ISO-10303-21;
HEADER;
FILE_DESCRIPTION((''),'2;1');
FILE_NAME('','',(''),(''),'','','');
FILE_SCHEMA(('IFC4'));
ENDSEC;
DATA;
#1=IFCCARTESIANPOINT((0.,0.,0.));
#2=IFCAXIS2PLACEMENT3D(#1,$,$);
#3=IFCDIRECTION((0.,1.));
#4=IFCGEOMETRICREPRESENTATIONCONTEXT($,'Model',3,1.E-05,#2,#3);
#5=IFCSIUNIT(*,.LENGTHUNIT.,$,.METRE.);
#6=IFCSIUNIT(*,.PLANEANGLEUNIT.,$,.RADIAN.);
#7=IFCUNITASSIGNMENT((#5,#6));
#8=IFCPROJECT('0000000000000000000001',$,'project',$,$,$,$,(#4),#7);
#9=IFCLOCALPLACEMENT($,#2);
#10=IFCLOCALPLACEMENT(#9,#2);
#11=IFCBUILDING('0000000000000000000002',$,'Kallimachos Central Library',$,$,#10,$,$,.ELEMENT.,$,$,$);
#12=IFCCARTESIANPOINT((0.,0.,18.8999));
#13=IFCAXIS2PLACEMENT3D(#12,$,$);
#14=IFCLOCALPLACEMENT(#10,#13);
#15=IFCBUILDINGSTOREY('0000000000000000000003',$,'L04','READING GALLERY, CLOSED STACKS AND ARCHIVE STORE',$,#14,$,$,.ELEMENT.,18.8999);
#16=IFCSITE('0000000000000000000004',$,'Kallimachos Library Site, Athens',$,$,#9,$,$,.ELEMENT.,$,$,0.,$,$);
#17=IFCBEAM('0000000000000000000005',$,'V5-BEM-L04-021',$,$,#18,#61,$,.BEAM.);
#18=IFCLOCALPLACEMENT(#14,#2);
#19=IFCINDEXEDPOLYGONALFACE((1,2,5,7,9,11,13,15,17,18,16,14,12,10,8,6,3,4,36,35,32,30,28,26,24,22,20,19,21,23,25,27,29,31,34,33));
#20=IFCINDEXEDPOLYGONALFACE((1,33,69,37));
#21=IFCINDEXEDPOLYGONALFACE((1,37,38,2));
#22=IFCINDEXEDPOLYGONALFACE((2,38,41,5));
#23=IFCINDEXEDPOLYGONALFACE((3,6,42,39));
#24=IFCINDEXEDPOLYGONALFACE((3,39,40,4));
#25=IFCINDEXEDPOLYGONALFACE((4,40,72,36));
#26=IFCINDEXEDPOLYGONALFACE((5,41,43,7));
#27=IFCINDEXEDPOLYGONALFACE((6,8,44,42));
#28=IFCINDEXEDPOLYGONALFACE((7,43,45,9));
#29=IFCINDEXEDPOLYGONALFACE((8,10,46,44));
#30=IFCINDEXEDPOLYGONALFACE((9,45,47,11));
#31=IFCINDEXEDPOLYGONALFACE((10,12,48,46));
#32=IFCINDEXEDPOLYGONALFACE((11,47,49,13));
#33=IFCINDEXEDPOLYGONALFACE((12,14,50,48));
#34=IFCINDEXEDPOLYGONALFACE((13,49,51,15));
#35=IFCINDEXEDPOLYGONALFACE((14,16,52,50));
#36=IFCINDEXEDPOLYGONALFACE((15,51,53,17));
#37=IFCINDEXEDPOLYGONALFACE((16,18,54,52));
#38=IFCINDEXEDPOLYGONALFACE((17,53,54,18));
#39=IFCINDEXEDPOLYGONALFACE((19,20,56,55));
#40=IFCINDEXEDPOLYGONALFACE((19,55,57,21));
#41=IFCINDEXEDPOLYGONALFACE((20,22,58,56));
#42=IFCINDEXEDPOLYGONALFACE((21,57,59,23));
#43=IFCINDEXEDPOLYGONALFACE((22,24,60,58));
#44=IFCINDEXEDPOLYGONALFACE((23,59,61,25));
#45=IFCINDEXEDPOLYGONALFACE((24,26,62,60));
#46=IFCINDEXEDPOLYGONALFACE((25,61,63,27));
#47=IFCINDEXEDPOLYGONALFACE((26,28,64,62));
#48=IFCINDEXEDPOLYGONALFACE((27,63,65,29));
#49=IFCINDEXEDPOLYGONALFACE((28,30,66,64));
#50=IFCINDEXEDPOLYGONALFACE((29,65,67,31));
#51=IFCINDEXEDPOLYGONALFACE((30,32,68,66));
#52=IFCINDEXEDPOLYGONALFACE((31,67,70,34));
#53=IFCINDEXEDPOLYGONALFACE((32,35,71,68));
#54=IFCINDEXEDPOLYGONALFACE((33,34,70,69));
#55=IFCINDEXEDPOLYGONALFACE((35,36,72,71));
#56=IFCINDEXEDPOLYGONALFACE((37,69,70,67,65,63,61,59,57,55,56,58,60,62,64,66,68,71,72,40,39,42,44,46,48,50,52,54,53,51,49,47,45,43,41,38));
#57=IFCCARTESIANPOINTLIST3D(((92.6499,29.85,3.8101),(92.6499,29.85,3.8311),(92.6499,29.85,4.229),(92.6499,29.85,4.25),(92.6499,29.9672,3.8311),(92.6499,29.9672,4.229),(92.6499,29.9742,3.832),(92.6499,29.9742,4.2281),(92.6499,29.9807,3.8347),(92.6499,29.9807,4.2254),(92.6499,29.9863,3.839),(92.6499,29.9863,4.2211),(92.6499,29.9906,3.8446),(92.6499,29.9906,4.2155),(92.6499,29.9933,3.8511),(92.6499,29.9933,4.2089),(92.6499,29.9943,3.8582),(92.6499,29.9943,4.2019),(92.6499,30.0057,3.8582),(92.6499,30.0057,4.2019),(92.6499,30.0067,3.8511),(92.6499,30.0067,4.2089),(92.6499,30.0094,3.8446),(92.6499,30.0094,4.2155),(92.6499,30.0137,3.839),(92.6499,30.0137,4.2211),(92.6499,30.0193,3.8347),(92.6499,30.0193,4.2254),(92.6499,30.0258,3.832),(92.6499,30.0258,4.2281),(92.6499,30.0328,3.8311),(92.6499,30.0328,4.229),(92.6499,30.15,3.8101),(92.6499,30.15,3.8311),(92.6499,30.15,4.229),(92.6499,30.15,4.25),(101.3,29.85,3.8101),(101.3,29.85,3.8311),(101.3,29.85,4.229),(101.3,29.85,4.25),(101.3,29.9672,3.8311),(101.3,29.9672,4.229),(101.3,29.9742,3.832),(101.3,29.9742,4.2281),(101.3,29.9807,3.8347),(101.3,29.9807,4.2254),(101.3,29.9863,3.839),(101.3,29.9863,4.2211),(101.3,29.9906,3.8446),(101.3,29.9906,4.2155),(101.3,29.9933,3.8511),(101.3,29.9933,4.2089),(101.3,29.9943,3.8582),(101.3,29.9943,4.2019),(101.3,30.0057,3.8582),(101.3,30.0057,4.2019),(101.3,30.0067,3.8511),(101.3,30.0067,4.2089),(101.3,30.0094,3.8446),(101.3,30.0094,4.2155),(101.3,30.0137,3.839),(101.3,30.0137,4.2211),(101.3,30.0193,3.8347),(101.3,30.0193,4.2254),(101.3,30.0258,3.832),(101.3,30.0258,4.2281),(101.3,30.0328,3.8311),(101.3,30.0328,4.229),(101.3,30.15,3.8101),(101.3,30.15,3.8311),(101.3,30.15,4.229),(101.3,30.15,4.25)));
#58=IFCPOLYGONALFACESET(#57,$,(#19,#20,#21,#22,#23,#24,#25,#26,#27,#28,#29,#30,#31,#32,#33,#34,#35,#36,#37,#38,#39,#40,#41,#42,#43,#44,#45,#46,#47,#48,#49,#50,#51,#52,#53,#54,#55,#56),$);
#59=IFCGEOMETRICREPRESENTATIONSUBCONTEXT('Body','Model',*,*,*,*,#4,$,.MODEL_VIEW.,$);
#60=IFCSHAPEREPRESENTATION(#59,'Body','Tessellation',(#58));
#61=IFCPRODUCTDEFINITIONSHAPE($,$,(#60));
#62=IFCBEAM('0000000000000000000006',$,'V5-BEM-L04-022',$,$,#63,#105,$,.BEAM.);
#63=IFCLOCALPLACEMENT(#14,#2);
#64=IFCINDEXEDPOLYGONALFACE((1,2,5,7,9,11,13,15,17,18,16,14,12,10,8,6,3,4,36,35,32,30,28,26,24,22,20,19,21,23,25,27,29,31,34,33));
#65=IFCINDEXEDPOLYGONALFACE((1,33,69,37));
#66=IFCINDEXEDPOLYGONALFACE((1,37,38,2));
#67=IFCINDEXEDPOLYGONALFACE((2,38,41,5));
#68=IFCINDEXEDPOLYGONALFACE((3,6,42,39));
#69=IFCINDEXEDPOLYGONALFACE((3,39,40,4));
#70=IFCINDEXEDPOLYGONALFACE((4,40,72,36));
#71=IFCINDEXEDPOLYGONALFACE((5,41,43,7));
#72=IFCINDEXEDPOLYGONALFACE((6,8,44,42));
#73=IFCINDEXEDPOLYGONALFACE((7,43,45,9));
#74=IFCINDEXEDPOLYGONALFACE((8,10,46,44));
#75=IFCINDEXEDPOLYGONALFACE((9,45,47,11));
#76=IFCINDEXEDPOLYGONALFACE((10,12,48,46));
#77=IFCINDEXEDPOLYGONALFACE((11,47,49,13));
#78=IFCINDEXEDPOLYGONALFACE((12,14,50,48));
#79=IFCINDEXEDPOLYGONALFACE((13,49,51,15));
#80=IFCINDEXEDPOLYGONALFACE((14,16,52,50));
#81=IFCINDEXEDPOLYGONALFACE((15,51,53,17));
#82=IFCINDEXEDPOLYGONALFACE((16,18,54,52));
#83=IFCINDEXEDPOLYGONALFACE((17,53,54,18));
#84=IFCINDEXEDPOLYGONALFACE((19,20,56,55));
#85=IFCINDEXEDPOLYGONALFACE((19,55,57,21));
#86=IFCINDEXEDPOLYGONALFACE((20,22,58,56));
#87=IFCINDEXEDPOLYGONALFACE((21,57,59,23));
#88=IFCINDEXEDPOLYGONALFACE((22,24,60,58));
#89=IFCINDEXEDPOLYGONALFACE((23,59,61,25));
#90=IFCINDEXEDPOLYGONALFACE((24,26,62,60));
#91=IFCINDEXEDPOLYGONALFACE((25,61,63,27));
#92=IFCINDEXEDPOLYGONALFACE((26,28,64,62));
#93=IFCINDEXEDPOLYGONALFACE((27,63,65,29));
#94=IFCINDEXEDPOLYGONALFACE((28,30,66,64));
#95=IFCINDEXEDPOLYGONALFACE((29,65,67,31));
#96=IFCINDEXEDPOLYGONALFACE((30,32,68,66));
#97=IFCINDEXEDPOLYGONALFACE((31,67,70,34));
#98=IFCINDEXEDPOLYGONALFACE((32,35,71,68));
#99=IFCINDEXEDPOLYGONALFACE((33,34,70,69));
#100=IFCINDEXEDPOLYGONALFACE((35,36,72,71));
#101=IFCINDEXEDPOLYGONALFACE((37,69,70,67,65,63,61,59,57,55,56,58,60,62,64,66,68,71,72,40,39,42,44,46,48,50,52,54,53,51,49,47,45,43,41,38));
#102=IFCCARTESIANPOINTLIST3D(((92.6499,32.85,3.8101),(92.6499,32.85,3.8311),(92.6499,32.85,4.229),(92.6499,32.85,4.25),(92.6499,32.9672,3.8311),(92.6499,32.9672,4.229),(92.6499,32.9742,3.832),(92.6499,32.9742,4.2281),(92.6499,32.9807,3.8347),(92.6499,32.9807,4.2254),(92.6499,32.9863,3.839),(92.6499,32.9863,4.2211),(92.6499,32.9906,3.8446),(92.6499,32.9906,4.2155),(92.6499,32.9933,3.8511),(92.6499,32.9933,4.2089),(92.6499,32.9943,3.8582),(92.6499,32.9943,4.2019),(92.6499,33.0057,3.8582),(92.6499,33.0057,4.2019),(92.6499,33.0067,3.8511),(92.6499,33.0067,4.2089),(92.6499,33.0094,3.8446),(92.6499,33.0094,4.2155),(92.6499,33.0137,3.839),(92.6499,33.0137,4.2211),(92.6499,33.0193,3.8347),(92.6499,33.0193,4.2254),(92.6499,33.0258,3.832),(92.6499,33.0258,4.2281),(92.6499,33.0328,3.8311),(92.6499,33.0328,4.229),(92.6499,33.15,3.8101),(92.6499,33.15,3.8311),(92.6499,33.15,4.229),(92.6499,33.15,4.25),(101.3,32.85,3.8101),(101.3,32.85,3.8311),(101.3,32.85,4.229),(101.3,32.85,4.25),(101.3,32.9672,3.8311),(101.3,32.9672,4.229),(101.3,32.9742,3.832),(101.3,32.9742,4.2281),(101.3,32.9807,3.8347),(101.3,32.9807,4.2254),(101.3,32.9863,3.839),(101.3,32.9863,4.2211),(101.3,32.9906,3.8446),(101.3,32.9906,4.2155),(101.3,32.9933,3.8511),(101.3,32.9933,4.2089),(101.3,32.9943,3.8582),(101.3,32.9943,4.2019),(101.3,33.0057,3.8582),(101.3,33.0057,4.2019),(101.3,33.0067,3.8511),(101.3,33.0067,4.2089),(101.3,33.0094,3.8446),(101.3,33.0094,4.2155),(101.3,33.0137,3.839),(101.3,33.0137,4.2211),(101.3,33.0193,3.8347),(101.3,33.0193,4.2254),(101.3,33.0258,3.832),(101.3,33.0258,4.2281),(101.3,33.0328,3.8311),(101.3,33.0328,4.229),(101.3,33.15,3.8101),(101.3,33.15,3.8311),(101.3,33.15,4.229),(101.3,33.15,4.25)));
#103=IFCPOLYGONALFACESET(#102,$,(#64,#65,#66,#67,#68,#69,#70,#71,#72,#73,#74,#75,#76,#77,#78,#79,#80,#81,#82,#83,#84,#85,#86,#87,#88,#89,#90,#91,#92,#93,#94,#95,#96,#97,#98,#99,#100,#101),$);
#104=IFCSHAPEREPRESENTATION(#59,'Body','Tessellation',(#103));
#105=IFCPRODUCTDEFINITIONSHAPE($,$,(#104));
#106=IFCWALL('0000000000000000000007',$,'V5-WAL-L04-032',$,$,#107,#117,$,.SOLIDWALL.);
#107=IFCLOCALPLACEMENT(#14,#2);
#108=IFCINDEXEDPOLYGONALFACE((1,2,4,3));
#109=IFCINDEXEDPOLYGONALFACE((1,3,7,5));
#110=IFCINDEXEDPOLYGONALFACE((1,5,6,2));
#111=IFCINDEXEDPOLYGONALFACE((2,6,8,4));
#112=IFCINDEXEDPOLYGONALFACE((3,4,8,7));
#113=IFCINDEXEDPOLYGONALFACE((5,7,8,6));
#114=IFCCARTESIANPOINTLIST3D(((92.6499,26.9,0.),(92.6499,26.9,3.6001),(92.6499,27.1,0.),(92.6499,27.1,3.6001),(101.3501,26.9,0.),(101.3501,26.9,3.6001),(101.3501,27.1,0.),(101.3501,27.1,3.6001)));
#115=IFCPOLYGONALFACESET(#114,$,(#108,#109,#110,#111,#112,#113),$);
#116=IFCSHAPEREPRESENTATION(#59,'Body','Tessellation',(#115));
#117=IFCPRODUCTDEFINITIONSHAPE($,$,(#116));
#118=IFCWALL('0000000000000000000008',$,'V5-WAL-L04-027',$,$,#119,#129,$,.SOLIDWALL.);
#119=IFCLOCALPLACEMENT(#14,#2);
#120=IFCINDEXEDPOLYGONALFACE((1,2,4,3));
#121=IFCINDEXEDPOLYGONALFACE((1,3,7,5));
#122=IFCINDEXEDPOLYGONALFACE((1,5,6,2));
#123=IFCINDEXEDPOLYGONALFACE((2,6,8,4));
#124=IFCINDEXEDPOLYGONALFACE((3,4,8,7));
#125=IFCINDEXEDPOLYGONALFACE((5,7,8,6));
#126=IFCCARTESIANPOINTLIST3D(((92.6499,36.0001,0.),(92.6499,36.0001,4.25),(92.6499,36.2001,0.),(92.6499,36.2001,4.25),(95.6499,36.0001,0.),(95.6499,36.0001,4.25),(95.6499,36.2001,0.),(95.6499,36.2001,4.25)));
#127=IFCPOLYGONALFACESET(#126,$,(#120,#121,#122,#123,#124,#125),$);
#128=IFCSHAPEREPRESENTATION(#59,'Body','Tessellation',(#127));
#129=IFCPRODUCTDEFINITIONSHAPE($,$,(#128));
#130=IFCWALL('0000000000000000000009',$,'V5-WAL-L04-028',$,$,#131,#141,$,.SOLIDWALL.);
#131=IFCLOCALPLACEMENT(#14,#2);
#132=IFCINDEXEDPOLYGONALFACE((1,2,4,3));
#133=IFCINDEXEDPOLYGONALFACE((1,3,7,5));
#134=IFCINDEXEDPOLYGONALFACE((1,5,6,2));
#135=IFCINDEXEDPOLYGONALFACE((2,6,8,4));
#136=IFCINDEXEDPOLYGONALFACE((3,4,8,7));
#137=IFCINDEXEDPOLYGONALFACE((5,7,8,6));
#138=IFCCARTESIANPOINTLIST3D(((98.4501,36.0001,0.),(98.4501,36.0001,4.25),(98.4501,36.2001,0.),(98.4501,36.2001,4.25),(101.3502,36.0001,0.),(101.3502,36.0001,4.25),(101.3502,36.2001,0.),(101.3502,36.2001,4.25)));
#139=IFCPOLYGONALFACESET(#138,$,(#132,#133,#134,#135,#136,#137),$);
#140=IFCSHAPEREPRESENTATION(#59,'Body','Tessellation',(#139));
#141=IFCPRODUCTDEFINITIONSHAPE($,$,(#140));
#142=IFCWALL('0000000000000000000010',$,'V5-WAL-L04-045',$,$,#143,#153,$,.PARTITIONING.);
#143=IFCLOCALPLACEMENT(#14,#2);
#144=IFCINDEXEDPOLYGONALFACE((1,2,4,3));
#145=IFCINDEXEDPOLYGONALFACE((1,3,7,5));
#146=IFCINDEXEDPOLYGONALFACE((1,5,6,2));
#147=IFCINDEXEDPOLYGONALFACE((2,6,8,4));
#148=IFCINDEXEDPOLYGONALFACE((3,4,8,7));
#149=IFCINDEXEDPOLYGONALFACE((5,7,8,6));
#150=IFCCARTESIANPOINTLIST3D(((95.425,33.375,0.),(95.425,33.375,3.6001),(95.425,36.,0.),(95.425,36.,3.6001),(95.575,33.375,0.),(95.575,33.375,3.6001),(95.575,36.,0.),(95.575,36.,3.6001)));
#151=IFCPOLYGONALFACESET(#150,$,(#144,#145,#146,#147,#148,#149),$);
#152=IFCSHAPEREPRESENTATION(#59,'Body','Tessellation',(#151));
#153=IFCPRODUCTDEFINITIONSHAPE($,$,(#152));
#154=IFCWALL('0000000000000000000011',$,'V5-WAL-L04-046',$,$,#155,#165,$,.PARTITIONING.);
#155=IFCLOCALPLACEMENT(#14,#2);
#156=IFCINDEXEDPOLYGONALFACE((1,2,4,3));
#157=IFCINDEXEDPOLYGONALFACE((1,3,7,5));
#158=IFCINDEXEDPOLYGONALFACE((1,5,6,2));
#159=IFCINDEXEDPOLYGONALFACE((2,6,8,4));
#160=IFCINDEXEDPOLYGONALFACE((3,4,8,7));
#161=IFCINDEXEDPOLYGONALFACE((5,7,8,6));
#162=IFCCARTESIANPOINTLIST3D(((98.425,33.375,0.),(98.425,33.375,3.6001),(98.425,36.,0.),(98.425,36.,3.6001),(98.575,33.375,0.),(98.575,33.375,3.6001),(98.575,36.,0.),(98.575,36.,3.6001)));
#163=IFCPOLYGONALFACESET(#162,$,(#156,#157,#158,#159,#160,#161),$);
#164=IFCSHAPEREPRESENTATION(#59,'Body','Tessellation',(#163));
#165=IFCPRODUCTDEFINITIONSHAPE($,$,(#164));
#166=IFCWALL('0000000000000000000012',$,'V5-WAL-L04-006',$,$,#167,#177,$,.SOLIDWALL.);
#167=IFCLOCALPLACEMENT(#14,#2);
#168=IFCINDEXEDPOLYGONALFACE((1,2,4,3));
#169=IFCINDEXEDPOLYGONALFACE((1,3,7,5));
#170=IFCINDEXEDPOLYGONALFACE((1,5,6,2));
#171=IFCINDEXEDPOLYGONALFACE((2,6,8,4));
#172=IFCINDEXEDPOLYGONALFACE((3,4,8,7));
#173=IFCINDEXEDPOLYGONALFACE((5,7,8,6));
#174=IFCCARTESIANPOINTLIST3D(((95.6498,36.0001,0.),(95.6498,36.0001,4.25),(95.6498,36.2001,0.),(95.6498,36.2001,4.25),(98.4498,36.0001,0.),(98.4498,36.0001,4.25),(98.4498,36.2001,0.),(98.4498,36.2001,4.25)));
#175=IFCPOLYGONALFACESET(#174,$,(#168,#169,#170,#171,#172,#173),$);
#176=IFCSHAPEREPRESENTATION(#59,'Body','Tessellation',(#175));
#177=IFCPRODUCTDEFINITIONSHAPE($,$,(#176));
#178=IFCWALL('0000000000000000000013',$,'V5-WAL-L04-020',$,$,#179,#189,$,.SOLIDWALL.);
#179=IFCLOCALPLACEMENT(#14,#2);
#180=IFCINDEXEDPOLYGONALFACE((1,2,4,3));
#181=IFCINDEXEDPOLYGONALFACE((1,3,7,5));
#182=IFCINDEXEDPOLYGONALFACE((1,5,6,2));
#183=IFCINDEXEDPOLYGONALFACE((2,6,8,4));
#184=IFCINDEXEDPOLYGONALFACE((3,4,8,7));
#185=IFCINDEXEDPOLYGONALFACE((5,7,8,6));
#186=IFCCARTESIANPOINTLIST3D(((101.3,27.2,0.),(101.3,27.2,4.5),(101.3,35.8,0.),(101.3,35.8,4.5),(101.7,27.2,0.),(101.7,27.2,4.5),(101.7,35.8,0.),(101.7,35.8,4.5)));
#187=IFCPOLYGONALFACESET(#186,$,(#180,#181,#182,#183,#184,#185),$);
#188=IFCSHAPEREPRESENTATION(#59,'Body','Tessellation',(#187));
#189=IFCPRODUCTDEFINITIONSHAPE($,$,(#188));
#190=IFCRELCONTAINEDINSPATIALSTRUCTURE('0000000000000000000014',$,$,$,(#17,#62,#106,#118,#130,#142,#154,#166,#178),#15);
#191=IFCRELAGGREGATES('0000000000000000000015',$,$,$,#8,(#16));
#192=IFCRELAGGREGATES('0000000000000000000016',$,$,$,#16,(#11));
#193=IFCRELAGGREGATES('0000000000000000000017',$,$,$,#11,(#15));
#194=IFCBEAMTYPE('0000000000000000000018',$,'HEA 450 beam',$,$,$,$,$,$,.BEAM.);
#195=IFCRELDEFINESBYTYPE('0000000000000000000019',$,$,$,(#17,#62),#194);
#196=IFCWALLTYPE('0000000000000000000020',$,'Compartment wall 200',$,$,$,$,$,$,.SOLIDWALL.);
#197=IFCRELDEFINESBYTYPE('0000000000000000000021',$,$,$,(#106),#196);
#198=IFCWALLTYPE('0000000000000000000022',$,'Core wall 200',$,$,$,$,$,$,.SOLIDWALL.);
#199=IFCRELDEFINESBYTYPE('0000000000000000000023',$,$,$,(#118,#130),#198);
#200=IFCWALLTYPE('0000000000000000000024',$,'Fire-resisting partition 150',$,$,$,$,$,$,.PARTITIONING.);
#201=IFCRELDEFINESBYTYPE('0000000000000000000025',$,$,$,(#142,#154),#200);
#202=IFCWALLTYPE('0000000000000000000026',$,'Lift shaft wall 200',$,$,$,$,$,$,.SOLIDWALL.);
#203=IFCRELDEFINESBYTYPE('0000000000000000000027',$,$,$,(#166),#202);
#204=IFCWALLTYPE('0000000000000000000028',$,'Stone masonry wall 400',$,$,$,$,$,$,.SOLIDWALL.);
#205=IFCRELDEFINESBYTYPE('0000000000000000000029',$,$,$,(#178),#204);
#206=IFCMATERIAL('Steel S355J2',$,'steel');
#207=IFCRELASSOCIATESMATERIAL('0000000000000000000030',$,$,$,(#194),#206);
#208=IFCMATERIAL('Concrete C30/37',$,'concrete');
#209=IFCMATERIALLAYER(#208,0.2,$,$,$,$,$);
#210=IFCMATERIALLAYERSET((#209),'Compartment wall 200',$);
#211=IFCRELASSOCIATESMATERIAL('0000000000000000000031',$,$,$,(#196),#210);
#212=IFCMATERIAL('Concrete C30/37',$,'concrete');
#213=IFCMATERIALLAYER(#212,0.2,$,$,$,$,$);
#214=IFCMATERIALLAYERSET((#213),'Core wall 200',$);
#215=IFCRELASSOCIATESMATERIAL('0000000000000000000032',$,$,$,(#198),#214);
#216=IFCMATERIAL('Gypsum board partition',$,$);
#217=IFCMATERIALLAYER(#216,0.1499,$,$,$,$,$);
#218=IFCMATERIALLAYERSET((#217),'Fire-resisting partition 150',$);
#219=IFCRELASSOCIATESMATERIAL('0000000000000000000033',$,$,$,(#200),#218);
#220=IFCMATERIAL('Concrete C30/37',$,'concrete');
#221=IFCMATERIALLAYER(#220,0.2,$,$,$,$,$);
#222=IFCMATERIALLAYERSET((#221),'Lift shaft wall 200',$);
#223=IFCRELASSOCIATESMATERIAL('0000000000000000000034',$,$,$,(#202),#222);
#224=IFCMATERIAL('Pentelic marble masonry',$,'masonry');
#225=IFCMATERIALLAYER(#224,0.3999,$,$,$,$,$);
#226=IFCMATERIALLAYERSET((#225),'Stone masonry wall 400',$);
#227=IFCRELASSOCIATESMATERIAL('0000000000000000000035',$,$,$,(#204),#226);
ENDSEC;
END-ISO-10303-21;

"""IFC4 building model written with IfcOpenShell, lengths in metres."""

from ifc_helpers import new_model, si_unit, direction, frame, frame_2d, origin, origin_2d, place, context, subcontext, project, spatial, rectangle, i_section, extrude, material, layer, layer_set, material_profile, profile_set, type_object, element, save


model = new_model("IFC4")

# Units and contexts
model_context = context("Model", 3, precision=1e-05, world=origin(), true_north=direction((0.0, 1.0)))
body_context = subcontext(model_context, "Body", "Model", "MODEL_VIEW")
ifc_project = project(units=[si_unit("LENGTHUNIT", "METRE"), si_unit("PLANEANGLEUNIT", "RADIAN")], contexts=[model_context])

# Site, building, storey
site_placement = place(None, origin())
site = spatial("IfcSite", under=ifc_project, at=site_placement, Name="Kallimachos Library Site, Athens", CompositionType="ELEMENT", RefElevation=0.0)
building_placement = place(site_placement, origin())
building = spatial("IfcBuilding", under=site, at=building_placement, Name="Kallimachos Central Library", CompositionType="ELEMENT")
storey_placement = place(building_placement, frame((0.0, 0.0, 18.8999)))
storey = spatial("IfcBuildingStorey", under=building, at=storey_placement, Name="L04", Description="READING GALLERY, CLOSED STACKS AND ARCHIVE STORE", CompositionType="ELEMENT", Elevation=18.8999)

# Beams
ifc_material_1 = material(Name="Steel S355J2", Category="steel")
ifc_material_profile_1 = material_profile(ifc_material_1, i_section(OverallWidth=0.3, OverallDepth=0.4399, WebThickness=0.0115, FlangeThickness=0.021, FilletRadius=0.0271, at=origin_2d()), Name="HEA 450")
ifc_profile_set_1 = profile_set([ifc_material_profile_1], Name="Steel S355J2")
beam_type = type_object("IfcBeamType", Name="HEA 450 beam", PredefinedType="BEAM", material=ifc_profile_set_1)
for number, where, z_axis, x_axis, name in (
    (1, (92.6499, 30.0, 4.03), (1.0, 0.0, 0.0), (0.0, 1.0, 0.0), "V5-BEM-L04-021"),
    (2, (92.6499, 33.0, 4.03), (1.0, 0.0, 0.0), (0.0, 1.0, 0.0), "V5-BEM-L04-022"),
):
    element("IfcBeam", number, at=place(storey_placement, frame(where, z_axis=z_axis, x_axis=x_axis)), inside=storey, type_object=beam_type, Name=name, PredefinedType="BEAM", context=body_context, shape_type="SweptSolid", body=[
        extrude(i_section(OverallWidth=0.3, OverallDepth=0.4399, WebThickness=0.0115, FlangeThickness=0.021, FilletRadius=0.0271, at=origin_2d()), origin(), (0.0, 0.0, 1.0), 8.6501),
    ])

# Walls
ifc_material_2 = material(Name="Concrete C30/37", Category="concrete")
ifc_layer_1 = layer(ifc_material_2, 0.2)
ifc_layer_set_1 = layer_set([ifc_layer_1], Name="Compartment wall 200")
wall_type_1 = type_object("IfcWallType", Name="Compartment wall 200", PredefinedType="SOLIDWALL", material=ifc_layer_set_1)
wall_1_placement = place(storey_placement, frame((92.6499, 27.0, 0.0), z_axis=(0.0, 0.0, 1.0), x_axis=(1.0, 0.0, 0.0)))
element("IfcWall", 3, at=wall_1_placement, inside=storey, type_object=wall_type_1, Name="V5-WAL-L04-032", PredefinedType="SOLIDWALL", context=body_context, shape_type="SweptSolid", body=[
    extrude(rectangle(XDim=8.7002, YDim=0.2, at=frame_2d((4.3501, 0.0))), origin(), (0.0, 0.0, 1.0), 3.6001),
])
ifc_material_3 = material(Name="Concrete C30/37", Category="concrete")
ifc_layer_2 = layer(ifc_material_3, 0.2)
ifc_layer_set_2 = layer_set([ifc_layer_2], Name="Core wall 200")
wall_type_2 = type_object("IfcWallType", Name="Core wall 200", PredefinedType="SOLIDWALL", material=ifc_layer_set_2)
wall_2_placement = place(storey_placement, frame((92.6499, 36.1001, 0.0), z_axis=(0.0, 0.0, 1.0), x_axis=(1.0, 0.0, 0.0)))
element("IfcWall", 4, at=wall_2_placement, inside=storey, type_object=wall_type_2, Name="V5-WAL-L04-027", PredefinedType="SOLIDWALL", context=body_context, shape_type="SweptSolid", body=[
    extrude(rectangle(XDim=3.0, YDim=0.2, at=frame_2d((1.5, 0.0))), origin(), (0.0, 0.0, 1.0), 4.25),
])
wall_3_placement = place(storey_placement, frame((98.45, 36.1001, 0.0), z_axis=(0.0, 0.0, 1.0), x_axis=(1.0, 0.0, 0.0)))
element("IfcWall", 5, at=wall_3_placement, inside=storey, type_object=wall_type_2, Name="V5-WAL-L04-028", PredefinedType="SOLIDWALL", context=body_context, shape_type="SweptSolid", body=[
    extrude(rectangle(XDim=2.9001, YDim=0.2, at=frame_2d((1.4502, 0.0))), origin(), (0.0, 0.0, 1.0), 4.25),
])
ifc_material_4 = material(Name="Gypsum board partition")
ifc_layer_3 = layer(ifc_material_4, 0.1499)
ifc_layer_set_3 = layer_set([ifc_layer_3], Name="Fire-resisting partition 150")
wall_type_3 = type_object("IfcWallType", Name="Fire-resisting partition 150", PredefinedType="PARTITIONING", material=ifc_layer_set_3)
for number, where, z_axis, x_axis, name in (
    (6, (95.5, 33.375, 0.0), (0.0, 0.0, 1.0), (0.0, 1.0, 0.0), "V5-WAL-L04-045"),
    (7, (98.5, 33.375, 0.0), (0.0, 0.0, 1.0), (0.0, 1.0, 0.0), "V5-WAL-L04-046"),
):
    element("IfcWall", number, at=place(storey_placement, frame(where, z_axis=z_axis, x_axis=x_axis)), inside=storey, type_object=wall_type_3, Name=name, PredefinedType="PARTITIONING", context=body_context, shape_type="SweptSolid", body=[
        extrude(rectangle(XDim=2.625, YDim=0.1499, at=frame_2d((1.3125, 0.0))), origin(), (0.0, 0.0, 1.0), 3.6001),
    ])
ifc_material_5 = material(Name="Concrete C30/37", Category="concrete")
ifc_layer_4 = layer(ifc_material_5, 0.2)
ifc_layer_set_4 = layer_set([ifc_layer_4], Name="Lift shaft wall 200")
wall_type_4 = type_object("IfcWallType", Name="Lift shaft wall 200", PredefinedType="SOLIDWALL", material=ifc_layer_set_4)
wall_4_placement = place(storey_placement, frame((95.6499, 36.1001, 0.0), z_axis=(0.0, 0.0, 1.0), x_axis=(1.0, 0.0, 0.0)))
element("IfcWall", 8, at=wall_4_placement, inside=storey, type_object=wall_type_4, Name="V5-WAL-L04-006", PredefinedType="SOLIDWALL", context=body_context, shape_type="SweptSolid", body=[
    extrude(rectangle(XDim=2.8, YDim=0.2, at=frame_2d((1.3999, 0.0))), origin(), (0.0, 0.0, 1.0), 4.25),
])
ifc_material_6 = material(Name="Pentelic marble masonry", Category="masonry")
ifc_layer_5 = layer(ifc_material_6, 0.3999)
ifc_layer_set_5 = layer_set([ifc_layer_5], Name="Stone masonry wall 400")
wall_type_5 = type_object("IfcWallType", Name="Stone masonry wall 400", PredefinedType="SOLIDWALL", material=ifc_layer_set_5)
wall_5_placement = place(storey_placement, frame((101.5, 27.2, 0.0), z_axis=(0.0, 0.0, 1.0), x_axis=(0.0, 1.0, 0.0)))
element("IfcWall", 9, at=wall_5_placement, inside=storey, type_object=wall_type_5, Name="V5-WAL-L04-020", PredefinedType="SOLIDWALL", context=body_context, shape_type="SweptSolid", body=[
    extrude(rectangle(XDim=8.6001, YDim=0.3999, at=frame_2d((4.3, 0.0))), origin(), (0.0, 0.0, 1.0), 4.5),
])

save(model, "model.ifc")
